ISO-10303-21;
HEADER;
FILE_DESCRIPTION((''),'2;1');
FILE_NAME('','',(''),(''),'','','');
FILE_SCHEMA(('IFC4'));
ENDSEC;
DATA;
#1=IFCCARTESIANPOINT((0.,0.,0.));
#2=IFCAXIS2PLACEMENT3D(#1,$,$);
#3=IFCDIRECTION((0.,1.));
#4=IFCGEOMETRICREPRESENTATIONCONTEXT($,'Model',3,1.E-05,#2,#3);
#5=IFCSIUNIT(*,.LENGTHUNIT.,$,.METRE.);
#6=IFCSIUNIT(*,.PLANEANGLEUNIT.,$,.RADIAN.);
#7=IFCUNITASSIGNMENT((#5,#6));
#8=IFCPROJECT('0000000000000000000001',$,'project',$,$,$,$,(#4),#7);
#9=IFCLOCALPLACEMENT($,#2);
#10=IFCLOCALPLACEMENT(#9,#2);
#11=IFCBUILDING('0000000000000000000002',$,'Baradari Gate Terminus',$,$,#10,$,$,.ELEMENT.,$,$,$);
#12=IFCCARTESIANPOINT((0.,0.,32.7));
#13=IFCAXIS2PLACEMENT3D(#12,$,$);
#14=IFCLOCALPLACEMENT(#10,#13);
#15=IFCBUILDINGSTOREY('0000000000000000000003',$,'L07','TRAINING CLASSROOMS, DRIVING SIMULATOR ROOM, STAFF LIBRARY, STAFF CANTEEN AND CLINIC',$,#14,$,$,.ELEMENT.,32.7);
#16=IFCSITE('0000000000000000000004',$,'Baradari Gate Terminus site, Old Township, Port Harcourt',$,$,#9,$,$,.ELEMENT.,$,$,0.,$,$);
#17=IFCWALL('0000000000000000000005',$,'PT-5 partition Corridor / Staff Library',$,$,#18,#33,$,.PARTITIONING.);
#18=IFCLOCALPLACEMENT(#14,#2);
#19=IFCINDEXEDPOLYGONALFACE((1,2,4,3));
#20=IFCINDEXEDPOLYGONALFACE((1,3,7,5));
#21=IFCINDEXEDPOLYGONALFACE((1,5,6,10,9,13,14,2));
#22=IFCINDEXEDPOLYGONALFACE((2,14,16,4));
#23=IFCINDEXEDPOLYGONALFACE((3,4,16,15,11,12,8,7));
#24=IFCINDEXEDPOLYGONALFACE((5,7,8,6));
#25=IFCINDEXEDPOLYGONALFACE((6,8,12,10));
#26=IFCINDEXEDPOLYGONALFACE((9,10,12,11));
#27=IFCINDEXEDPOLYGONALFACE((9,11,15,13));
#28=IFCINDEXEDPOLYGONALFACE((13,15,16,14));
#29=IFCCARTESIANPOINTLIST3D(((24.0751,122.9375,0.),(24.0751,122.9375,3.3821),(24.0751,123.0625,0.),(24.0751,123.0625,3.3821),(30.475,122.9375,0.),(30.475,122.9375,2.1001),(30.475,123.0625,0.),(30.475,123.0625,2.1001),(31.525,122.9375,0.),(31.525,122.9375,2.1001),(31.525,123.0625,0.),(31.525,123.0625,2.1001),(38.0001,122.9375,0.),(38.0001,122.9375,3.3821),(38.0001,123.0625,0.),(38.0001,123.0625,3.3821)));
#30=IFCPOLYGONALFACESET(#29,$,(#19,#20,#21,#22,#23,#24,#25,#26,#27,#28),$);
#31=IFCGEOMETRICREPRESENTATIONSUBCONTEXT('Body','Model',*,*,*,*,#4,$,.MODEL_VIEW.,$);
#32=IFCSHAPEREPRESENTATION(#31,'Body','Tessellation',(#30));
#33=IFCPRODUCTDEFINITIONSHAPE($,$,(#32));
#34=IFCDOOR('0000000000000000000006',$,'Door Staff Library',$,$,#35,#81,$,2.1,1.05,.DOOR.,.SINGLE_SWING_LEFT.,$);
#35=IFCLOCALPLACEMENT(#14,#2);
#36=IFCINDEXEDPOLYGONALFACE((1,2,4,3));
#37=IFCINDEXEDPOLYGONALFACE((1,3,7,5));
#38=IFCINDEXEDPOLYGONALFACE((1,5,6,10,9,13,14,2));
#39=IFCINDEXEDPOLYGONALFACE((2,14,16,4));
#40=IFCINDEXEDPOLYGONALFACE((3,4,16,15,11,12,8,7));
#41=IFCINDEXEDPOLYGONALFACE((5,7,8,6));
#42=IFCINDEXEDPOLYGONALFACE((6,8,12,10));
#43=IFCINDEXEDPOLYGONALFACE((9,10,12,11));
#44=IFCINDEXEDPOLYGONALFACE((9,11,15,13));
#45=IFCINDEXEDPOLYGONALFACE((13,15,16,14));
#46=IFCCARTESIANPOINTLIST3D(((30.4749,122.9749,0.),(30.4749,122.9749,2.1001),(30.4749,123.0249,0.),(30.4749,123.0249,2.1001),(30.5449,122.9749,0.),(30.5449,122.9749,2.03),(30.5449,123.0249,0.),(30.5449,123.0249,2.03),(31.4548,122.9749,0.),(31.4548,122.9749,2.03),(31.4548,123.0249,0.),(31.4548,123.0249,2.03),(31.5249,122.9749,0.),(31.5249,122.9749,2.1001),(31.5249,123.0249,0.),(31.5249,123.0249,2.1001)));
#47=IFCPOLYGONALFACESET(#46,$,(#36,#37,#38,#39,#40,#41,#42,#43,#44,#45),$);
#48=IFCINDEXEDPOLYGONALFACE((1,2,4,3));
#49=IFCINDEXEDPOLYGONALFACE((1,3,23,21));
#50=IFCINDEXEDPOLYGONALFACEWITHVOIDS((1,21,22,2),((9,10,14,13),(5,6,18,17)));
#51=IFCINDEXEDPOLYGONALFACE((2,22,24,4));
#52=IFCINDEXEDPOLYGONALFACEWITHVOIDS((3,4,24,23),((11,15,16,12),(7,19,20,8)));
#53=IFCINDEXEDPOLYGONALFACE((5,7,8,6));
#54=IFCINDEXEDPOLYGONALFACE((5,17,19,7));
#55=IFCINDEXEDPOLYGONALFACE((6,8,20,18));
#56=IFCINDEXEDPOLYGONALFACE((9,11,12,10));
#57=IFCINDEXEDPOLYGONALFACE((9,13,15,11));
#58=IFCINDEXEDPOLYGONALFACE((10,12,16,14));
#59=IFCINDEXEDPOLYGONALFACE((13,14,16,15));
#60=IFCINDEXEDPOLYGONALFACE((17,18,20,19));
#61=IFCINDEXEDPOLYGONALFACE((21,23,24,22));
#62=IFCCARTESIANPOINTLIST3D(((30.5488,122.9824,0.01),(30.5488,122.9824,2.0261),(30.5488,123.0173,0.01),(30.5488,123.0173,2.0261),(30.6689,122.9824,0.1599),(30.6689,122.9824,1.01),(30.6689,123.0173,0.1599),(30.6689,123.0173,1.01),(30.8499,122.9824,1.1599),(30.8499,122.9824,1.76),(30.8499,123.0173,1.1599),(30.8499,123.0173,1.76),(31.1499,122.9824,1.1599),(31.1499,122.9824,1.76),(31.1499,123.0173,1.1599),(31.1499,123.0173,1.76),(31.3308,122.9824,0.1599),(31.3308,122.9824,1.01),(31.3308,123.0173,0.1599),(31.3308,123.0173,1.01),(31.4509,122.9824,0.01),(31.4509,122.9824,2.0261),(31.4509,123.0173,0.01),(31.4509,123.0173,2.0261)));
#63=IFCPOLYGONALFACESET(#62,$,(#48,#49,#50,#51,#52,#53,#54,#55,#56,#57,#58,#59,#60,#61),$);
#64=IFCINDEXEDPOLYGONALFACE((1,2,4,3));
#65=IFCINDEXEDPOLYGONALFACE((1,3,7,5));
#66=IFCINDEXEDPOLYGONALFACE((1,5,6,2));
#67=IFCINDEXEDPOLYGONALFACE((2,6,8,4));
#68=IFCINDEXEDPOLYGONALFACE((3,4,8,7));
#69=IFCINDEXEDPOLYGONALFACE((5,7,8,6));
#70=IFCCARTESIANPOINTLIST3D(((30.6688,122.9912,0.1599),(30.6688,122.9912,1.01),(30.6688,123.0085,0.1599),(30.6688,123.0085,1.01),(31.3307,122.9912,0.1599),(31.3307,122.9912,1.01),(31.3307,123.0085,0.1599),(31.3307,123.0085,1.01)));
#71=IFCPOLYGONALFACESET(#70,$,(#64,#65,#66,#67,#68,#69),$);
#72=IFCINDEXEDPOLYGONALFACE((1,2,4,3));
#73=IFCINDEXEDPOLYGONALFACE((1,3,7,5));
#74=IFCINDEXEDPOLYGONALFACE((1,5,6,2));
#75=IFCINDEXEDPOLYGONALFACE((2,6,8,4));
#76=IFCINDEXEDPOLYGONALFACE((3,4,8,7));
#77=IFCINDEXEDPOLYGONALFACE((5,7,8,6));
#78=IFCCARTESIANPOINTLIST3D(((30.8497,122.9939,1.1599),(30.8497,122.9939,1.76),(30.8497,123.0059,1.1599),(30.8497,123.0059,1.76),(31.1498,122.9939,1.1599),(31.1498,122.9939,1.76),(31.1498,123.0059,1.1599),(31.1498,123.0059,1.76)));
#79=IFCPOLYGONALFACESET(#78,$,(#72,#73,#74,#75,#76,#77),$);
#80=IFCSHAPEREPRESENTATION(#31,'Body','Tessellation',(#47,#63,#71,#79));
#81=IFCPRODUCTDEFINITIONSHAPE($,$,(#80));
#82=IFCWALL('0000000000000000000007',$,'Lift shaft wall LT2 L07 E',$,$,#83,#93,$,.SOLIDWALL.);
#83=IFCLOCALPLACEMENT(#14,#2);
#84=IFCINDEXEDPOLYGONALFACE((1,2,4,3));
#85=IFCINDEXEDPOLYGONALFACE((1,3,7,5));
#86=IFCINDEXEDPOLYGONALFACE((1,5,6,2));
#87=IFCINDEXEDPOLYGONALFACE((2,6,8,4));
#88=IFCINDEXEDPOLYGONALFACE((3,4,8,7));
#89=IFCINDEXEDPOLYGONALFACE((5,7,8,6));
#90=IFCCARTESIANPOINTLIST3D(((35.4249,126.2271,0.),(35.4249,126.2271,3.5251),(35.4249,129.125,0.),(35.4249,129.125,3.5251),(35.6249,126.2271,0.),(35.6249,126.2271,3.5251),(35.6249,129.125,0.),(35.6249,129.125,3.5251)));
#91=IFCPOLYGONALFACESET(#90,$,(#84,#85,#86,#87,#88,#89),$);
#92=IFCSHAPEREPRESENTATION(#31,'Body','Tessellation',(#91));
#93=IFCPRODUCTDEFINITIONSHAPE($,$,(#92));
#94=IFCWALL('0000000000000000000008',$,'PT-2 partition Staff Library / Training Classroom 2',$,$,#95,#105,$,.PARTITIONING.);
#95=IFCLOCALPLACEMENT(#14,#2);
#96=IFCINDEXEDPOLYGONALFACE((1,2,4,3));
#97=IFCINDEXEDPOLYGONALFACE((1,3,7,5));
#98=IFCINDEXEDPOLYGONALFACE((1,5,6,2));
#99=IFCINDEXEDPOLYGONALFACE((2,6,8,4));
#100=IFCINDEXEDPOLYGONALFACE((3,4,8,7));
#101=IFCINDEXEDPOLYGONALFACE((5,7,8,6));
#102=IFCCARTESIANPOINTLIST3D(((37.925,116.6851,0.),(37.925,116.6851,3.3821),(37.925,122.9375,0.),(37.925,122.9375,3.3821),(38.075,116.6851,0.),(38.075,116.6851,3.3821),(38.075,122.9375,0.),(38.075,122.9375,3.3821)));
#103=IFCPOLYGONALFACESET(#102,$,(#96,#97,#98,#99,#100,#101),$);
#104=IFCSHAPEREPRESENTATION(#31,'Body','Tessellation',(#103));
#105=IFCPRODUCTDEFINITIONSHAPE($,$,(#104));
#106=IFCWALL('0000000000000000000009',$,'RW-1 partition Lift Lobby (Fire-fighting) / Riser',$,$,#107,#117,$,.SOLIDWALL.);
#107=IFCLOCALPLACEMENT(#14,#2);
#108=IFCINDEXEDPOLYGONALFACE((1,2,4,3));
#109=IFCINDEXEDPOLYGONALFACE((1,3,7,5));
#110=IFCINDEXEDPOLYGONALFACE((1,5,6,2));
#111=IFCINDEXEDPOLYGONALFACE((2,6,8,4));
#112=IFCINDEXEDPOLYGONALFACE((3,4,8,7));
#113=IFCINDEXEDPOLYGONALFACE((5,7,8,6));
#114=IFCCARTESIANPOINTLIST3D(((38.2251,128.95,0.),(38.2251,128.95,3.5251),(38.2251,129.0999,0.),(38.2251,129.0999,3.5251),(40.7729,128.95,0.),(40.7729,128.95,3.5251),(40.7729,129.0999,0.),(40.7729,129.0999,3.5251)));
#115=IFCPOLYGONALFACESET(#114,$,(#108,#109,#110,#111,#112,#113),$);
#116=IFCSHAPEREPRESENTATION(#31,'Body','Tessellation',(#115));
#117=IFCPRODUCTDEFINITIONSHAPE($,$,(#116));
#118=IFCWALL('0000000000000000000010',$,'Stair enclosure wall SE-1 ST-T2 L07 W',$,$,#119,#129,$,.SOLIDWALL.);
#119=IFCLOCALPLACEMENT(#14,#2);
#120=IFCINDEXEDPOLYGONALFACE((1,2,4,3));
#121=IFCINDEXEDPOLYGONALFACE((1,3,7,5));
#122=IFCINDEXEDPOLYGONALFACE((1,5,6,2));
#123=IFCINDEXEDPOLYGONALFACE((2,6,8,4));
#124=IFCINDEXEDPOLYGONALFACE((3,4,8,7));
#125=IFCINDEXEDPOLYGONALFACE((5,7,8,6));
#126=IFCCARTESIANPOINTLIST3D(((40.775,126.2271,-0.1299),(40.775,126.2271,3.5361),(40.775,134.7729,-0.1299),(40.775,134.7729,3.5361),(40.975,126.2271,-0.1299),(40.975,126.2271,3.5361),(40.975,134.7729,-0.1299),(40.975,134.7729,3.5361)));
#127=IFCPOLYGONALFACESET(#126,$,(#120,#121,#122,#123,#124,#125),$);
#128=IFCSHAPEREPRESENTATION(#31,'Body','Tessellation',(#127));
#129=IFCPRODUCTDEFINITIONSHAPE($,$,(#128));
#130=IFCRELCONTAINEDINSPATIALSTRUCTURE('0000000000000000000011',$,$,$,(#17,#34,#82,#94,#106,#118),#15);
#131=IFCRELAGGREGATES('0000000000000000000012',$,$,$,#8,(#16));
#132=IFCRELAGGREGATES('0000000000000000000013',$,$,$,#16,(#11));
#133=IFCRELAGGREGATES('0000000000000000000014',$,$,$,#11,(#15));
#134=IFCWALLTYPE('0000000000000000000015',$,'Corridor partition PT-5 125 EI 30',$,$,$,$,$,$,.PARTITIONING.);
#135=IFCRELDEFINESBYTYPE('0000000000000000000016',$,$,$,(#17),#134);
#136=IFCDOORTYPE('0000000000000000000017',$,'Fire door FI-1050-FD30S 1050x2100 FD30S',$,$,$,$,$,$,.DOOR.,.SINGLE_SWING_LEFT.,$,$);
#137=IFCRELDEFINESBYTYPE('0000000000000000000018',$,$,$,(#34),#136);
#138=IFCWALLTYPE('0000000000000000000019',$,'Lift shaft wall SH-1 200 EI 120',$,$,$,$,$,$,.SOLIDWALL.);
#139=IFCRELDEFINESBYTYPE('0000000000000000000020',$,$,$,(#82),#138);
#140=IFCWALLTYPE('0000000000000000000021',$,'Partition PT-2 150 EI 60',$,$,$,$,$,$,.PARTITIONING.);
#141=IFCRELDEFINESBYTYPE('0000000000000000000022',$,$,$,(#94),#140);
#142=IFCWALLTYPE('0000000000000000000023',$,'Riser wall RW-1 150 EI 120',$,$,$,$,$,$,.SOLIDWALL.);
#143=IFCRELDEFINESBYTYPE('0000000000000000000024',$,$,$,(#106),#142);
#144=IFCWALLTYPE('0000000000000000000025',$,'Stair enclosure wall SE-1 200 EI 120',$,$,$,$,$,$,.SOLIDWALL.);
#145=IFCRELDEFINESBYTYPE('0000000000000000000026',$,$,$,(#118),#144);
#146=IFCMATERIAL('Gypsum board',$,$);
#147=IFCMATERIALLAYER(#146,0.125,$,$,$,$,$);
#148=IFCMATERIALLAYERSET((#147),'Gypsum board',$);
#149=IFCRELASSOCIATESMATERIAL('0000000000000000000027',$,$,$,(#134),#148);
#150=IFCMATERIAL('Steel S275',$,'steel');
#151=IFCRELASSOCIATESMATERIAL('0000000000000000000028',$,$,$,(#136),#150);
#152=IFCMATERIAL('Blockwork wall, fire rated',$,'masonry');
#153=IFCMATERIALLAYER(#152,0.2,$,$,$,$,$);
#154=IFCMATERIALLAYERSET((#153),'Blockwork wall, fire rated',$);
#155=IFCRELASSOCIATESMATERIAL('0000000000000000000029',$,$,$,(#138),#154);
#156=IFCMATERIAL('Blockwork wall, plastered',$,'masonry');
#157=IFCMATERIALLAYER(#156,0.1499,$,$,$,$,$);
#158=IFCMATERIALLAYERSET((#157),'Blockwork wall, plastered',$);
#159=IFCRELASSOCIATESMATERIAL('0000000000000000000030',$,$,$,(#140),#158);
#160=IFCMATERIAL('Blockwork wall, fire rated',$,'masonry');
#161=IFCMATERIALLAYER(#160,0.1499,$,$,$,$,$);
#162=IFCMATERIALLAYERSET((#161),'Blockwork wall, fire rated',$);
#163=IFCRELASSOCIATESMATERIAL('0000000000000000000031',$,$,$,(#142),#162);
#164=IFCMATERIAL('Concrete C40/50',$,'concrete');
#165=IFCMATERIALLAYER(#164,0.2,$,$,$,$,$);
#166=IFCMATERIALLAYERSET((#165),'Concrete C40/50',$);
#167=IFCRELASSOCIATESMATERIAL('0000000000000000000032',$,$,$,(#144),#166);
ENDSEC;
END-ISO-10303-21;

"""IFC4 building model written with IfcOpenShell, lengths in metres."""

from ifc_helpers import new_model, si_unit, direction, frame, frame_2d, origin, place, context, subcontext, project, spatial, polyline, rectangle, outline, extrude, material, layer, layer_set, type_object, element, fill, save


model = new_model("IFC4")

# Units and contexts
model_context = context("Model", 3, precision=1e-05, world=origin(), true_north=direction((0.0, 1.0)))
body_context = subcontext(model_context, "Body", "Model", "MODEL_VIEW")
ifc_project = project(units=[si_unit("LENGTHUNIT", "METRE"), si_unit("PLANEANGLEUNIT", "RADIAN")], contexts=[model_context])

# Site, building, storey
site_placement = place(None, origin())
site = spatial("IfcSite", under=ifc_project, at=site_placement, Name="Baradari Gate Terminus site, Old Township, Port Harcourt", CompositionType="ELEMENT", RefElevation=0.0)
building_placement = place(site_placement, origin())
building = spatial("IfcBuilding", under=site, at=building_placement, Name="Baradari Gate Terminus", CompositionType="ELEMENT")
storey_placement = place(building_placement, frame((0.0, 0.0, 32.7)))
storey = spatial("IfcBuildingStorey", under=building, at=storey_placement, Name="L07", Description="TRAINING CLASSROOMS, DRIVING SIMULATOR ROOM, STAFF LIBRARY, STAFF CANTEEN AND CLINIC", CompositionType="ELEMENT", Elevation=32.7)

# Wall, opening, door
ifc_material_1 = material(Name="Gypsum board")
ifc_layer_1 = layer(ifc_material_1, 0.125)
ifc_layer_set_1 = layer_set([ifc_layer_1], Name="Gypsum board")
wall_type_1 = type_object("IfcWallType", Name="Corridor partition PT-5 125 EI 30", PredefinedType="PARTITIONING", material=ifc_layer_set_1)
wall_1_placement = place(storey_placement, frame((38.0, 123.0, 0.0), z_axis=(0.0, 0.0, 1.0), x_axis=(-1.0, 0.0, 0.0)))
wall_1 = element("IfcWall", 1, at=wall_1_placement, inside=storey, type_object=wall_type_1, Name="PT-5 partition Corridor / Staff Library", PredefinedType="PARTITIONING", context=body_context, shape_type="SweptSolid", body=[
    extrude(rectangle(XDim=13.925, YDim=0.125, at=frame_2d((6.9624, 0.0))), origin(), (0.0, 0.0, 1.0), 3.3821),
])
opening_placement = place(wall_1_placement, frame((6.4751, 0.0, 0.0)))
opening = element("IfcOpeningElement", 2, at=opening_placement, cuts=wall_1, PredefinedType="OPENING", context=body_context, shape_type="SweptSolid", body=[
    extrude(rectangle(XDim=1.05, YDim=2.1001, at=frame_2d((0.5249, 1.05))), frame((0.0, 0.0725, 0.0), z_axis=(0.0, -1.0, 0.0), x_axis=(1.0, 0.0, 0.0)), (0.0, 0.0, 1.0), 0.145),
])
ifc_material_2 = material(Name="Steel S275", Category="steel")
door_type = type_object("IfcDoorType", Name="Fire door FI-1050-FD30S 1050x2100 FD30S", OperationType="SINGLE_SWING_LEFT", PredefinedType="DOOR", material=ifc_material_2)
door_placement = place(opening_placement, frame((1.05, 0.0, 0.0), z_axis=(0.0, 0.0, 1.0), x_axis=(-1.0, 0.0, 0.0)))
door = element("IfcDoor", 3, at=door_placement, inside=storey, type_object=door_type, Name="Door Staff Library", OperationType="SINGLE_SWING_LEFT", OverallHeight=2.1, OverallWidth=1.05, PredefinedType="DOOR", context=body_context, shape_type="SweptSolid", body=[
    extrude(outline(polyline([(0.0, 0.0), (0.0701, 0.0), (0.0701, 2.03), (0.98, 2.03), (0.98, 0.0), (1.05, 0.0), (1.05, 2.1001), (0.0, 2.1001), (0.0, 0.0)])), frame((0.0, 0.0249, 0.0), z_axis=(0.0, -1.0, 0.0), x_axis=(1.0, 0.0, 0.0)), (0.0, 0.0, 1.0), 0.05),
    extrude(outline(polyline([(0.074, 0.01), (0.9761, 0.01), (0.9761, 2.0261), (0.074, 2.0261), (0.074, 0.01)]), holes=[polyline([(0.1941, 0.1599), (0.856, 0.1599), (0.856, 1.01), (0.1941, 1.01), (0.1941, 0.1599)]), polyline([(0.375, 1.1599), (0.675, 1.1599), (0.675, 1.76), (0.375, 1.76), (0.375, 1.1599)])]), frame((0.0, 0.0173, 0.0), z_axis=(0.0, -1.0, 0.0), x_axis=(1.0, 0.0, 0.0)), (0.0, 0.0, 1.0), 0.0349),
    extrude(rectangle(XDim=0.6619, YDim=0.8501, at=frame_2d((0.5249, 0.585))), frame((0.0, 0.0085, 0.0), z_axis=(0.0, -1.0, 0.0), x_axis=(1.0, 0.0, 0.0)), (0.0, 0.0, 1.0), 0.0173),
    extrude(rectangle(XDim=0.3, YDim=0.6001, at=frame_2d((0.5249, 1.46))), frame((0.0, 0.0059, 0.0), z_axis=(0.0, -1.0, 0.0), x_axis=(1.0, 0.0, 0.0)), (0.0, 0.0, 1.0), 0.012),
])
fill(opening, door)

# Walls
ifc_material_3 = material(Name="Blockwork wall, fire rated", Category="masonry")
ifc_layer_2 = layer(ifc_material_3, 0.2)
ifc_layer_set_2 = layer_set([ifc_layer_2], Name="Blockwork wall, fire rated")
wall_type_2 = type_object("IfcWallType", Name="Lift shaft wall SH-1 200 EI 120", PredefinedType="SOLIDWALL", material=ifc_layer_set_2)
wall_2_placement = place(storey_placement, frame((35.5249, 126.2271, 0.0), z_axis=(0.0, 0.0, 1.0), x_axis=(0.0, 1.0, 0.0)))
element("IfcWall", 4, at=wall_2_placement, inside=storey, type_object=wall_type_2, Name="Lift shaft wall LT2 L07 E", PredefinedType="SOLIDWALL", context=body_context, shape_type="SweptSolid", body=[
    extrude(rectangle(XDim=2.8979, YDim=0.2, at=frame_2d((1.449, 0.0))), origin(), (0.0, 0.0, 1.0), 3.5251),
])
ifc_material_4 = material(Name="Blockwork wall, plastered", Category="masonry")
ifc_layer_3 = layer(ifc_material_4, 0.1499)
ifc_layer_set_3 = layer_set([ifc_layer_3], Name="Blockwork wall, plastered")
wall_type_3 = type_object("IfcWallType", Name="Partition PT-2 150 EI 60", PredefinedType="PARTITIONING", material=ifc_layer_set_3)
wall_3_placement = place(storey_placement, frame((38.0, 122.9375, 0.0), z_axis=(0.0, 0.0, 1.0), x_axis=(0.0, -1.0, 0.0)))
element("IfcWall", 5, at=wall_3_placement, inside=storey, type_object=wall_type_3, Name="PT-2 partition Staff Library / Training Classroom 2", PredefinedType="PARTITIONING", context=body_context, shape_type="SweptSolid", body=[
    extrude(rectangle(XDim=6.2524, YDim=0.1499, at=frame_2d((3.1262, 0.0))), origin(), (0.0, 0.0, 1.0), 3.3821),
])
ifc_material_5 = material(Name="Blockwork wall, fire rated", Category="masonry")
ifc_layer_4 = layer(ifc_material_5, 0.1499)
ifc_layer_set_4 = layer_set([ifc_layer_4], Name="Blockwork wall, fire rated")
wall_type_4 = type_object("IfcWallType", Name="Riser wall RW-1 150 EI 120", PredefinedType="SOLIDWALL", material=ifc_layer_set_4)
wall_4_placement = place(storey_placement, frame((40.7729, 129.0249, 0.0), z_axis=(0.0, 0.0, 1.0), x_axis=(-1.0, 0.0, 0.0)))
element("IfcWall", 6, at=wall_4_placement, inside=storey, type_object=wall_type_4, Name="RW-1 partition Lift Lobby (Fire-fighting) / Riser", PredefinedType="SOLIDWALL", context=body_context, shape_type="SweptSolid", body=[
    extrude(rectangle(XDim=2.5479, YDim=0.1499, at=frame_2d((1.2739, 0.0))), origin(), (0.0, 0.0, 1.0), 3.5251),
])
ifc_material_6 = material(Name="Concrete C40/50", Category="concrete")
ifc_layer_5 = layer(ifc_material_6, 0.2)
ifc_layer_set_5 = layer_set([ifc_layer_5], Name="Concrete C40/50")
wall_type_5 = type_object("IfcWallType", Name="Stair enclosure wall SE-1 200 EI 120", PredefinedType="SOLIDWALL", material=ifc_layer_set_5)
wall_5_placement = place(storey_placement, frame((40.875, 126.2271, -0.1299), z_axis=(0.0, 0.0, 1.0), x_axis=(0.0, 1.0, 0.0)))
element("IfcWall", 7, at=wall_5_placement, inside=storey, type_object=wall_type_5, Name="Stair enclosure wall SE-1 ST-T2 L07 W", PredefinedType="SOLIDWALL", context=body_context, shape_type="SweptSolid", body=[
    extrude(rectangle(XDim=8.5459, YDim=0.2, at=frame_2d((4.2729, 0.0))), origin(), (0.0, 0.0, 1.0), 3.666),
])

save(model, "model.ifc")
